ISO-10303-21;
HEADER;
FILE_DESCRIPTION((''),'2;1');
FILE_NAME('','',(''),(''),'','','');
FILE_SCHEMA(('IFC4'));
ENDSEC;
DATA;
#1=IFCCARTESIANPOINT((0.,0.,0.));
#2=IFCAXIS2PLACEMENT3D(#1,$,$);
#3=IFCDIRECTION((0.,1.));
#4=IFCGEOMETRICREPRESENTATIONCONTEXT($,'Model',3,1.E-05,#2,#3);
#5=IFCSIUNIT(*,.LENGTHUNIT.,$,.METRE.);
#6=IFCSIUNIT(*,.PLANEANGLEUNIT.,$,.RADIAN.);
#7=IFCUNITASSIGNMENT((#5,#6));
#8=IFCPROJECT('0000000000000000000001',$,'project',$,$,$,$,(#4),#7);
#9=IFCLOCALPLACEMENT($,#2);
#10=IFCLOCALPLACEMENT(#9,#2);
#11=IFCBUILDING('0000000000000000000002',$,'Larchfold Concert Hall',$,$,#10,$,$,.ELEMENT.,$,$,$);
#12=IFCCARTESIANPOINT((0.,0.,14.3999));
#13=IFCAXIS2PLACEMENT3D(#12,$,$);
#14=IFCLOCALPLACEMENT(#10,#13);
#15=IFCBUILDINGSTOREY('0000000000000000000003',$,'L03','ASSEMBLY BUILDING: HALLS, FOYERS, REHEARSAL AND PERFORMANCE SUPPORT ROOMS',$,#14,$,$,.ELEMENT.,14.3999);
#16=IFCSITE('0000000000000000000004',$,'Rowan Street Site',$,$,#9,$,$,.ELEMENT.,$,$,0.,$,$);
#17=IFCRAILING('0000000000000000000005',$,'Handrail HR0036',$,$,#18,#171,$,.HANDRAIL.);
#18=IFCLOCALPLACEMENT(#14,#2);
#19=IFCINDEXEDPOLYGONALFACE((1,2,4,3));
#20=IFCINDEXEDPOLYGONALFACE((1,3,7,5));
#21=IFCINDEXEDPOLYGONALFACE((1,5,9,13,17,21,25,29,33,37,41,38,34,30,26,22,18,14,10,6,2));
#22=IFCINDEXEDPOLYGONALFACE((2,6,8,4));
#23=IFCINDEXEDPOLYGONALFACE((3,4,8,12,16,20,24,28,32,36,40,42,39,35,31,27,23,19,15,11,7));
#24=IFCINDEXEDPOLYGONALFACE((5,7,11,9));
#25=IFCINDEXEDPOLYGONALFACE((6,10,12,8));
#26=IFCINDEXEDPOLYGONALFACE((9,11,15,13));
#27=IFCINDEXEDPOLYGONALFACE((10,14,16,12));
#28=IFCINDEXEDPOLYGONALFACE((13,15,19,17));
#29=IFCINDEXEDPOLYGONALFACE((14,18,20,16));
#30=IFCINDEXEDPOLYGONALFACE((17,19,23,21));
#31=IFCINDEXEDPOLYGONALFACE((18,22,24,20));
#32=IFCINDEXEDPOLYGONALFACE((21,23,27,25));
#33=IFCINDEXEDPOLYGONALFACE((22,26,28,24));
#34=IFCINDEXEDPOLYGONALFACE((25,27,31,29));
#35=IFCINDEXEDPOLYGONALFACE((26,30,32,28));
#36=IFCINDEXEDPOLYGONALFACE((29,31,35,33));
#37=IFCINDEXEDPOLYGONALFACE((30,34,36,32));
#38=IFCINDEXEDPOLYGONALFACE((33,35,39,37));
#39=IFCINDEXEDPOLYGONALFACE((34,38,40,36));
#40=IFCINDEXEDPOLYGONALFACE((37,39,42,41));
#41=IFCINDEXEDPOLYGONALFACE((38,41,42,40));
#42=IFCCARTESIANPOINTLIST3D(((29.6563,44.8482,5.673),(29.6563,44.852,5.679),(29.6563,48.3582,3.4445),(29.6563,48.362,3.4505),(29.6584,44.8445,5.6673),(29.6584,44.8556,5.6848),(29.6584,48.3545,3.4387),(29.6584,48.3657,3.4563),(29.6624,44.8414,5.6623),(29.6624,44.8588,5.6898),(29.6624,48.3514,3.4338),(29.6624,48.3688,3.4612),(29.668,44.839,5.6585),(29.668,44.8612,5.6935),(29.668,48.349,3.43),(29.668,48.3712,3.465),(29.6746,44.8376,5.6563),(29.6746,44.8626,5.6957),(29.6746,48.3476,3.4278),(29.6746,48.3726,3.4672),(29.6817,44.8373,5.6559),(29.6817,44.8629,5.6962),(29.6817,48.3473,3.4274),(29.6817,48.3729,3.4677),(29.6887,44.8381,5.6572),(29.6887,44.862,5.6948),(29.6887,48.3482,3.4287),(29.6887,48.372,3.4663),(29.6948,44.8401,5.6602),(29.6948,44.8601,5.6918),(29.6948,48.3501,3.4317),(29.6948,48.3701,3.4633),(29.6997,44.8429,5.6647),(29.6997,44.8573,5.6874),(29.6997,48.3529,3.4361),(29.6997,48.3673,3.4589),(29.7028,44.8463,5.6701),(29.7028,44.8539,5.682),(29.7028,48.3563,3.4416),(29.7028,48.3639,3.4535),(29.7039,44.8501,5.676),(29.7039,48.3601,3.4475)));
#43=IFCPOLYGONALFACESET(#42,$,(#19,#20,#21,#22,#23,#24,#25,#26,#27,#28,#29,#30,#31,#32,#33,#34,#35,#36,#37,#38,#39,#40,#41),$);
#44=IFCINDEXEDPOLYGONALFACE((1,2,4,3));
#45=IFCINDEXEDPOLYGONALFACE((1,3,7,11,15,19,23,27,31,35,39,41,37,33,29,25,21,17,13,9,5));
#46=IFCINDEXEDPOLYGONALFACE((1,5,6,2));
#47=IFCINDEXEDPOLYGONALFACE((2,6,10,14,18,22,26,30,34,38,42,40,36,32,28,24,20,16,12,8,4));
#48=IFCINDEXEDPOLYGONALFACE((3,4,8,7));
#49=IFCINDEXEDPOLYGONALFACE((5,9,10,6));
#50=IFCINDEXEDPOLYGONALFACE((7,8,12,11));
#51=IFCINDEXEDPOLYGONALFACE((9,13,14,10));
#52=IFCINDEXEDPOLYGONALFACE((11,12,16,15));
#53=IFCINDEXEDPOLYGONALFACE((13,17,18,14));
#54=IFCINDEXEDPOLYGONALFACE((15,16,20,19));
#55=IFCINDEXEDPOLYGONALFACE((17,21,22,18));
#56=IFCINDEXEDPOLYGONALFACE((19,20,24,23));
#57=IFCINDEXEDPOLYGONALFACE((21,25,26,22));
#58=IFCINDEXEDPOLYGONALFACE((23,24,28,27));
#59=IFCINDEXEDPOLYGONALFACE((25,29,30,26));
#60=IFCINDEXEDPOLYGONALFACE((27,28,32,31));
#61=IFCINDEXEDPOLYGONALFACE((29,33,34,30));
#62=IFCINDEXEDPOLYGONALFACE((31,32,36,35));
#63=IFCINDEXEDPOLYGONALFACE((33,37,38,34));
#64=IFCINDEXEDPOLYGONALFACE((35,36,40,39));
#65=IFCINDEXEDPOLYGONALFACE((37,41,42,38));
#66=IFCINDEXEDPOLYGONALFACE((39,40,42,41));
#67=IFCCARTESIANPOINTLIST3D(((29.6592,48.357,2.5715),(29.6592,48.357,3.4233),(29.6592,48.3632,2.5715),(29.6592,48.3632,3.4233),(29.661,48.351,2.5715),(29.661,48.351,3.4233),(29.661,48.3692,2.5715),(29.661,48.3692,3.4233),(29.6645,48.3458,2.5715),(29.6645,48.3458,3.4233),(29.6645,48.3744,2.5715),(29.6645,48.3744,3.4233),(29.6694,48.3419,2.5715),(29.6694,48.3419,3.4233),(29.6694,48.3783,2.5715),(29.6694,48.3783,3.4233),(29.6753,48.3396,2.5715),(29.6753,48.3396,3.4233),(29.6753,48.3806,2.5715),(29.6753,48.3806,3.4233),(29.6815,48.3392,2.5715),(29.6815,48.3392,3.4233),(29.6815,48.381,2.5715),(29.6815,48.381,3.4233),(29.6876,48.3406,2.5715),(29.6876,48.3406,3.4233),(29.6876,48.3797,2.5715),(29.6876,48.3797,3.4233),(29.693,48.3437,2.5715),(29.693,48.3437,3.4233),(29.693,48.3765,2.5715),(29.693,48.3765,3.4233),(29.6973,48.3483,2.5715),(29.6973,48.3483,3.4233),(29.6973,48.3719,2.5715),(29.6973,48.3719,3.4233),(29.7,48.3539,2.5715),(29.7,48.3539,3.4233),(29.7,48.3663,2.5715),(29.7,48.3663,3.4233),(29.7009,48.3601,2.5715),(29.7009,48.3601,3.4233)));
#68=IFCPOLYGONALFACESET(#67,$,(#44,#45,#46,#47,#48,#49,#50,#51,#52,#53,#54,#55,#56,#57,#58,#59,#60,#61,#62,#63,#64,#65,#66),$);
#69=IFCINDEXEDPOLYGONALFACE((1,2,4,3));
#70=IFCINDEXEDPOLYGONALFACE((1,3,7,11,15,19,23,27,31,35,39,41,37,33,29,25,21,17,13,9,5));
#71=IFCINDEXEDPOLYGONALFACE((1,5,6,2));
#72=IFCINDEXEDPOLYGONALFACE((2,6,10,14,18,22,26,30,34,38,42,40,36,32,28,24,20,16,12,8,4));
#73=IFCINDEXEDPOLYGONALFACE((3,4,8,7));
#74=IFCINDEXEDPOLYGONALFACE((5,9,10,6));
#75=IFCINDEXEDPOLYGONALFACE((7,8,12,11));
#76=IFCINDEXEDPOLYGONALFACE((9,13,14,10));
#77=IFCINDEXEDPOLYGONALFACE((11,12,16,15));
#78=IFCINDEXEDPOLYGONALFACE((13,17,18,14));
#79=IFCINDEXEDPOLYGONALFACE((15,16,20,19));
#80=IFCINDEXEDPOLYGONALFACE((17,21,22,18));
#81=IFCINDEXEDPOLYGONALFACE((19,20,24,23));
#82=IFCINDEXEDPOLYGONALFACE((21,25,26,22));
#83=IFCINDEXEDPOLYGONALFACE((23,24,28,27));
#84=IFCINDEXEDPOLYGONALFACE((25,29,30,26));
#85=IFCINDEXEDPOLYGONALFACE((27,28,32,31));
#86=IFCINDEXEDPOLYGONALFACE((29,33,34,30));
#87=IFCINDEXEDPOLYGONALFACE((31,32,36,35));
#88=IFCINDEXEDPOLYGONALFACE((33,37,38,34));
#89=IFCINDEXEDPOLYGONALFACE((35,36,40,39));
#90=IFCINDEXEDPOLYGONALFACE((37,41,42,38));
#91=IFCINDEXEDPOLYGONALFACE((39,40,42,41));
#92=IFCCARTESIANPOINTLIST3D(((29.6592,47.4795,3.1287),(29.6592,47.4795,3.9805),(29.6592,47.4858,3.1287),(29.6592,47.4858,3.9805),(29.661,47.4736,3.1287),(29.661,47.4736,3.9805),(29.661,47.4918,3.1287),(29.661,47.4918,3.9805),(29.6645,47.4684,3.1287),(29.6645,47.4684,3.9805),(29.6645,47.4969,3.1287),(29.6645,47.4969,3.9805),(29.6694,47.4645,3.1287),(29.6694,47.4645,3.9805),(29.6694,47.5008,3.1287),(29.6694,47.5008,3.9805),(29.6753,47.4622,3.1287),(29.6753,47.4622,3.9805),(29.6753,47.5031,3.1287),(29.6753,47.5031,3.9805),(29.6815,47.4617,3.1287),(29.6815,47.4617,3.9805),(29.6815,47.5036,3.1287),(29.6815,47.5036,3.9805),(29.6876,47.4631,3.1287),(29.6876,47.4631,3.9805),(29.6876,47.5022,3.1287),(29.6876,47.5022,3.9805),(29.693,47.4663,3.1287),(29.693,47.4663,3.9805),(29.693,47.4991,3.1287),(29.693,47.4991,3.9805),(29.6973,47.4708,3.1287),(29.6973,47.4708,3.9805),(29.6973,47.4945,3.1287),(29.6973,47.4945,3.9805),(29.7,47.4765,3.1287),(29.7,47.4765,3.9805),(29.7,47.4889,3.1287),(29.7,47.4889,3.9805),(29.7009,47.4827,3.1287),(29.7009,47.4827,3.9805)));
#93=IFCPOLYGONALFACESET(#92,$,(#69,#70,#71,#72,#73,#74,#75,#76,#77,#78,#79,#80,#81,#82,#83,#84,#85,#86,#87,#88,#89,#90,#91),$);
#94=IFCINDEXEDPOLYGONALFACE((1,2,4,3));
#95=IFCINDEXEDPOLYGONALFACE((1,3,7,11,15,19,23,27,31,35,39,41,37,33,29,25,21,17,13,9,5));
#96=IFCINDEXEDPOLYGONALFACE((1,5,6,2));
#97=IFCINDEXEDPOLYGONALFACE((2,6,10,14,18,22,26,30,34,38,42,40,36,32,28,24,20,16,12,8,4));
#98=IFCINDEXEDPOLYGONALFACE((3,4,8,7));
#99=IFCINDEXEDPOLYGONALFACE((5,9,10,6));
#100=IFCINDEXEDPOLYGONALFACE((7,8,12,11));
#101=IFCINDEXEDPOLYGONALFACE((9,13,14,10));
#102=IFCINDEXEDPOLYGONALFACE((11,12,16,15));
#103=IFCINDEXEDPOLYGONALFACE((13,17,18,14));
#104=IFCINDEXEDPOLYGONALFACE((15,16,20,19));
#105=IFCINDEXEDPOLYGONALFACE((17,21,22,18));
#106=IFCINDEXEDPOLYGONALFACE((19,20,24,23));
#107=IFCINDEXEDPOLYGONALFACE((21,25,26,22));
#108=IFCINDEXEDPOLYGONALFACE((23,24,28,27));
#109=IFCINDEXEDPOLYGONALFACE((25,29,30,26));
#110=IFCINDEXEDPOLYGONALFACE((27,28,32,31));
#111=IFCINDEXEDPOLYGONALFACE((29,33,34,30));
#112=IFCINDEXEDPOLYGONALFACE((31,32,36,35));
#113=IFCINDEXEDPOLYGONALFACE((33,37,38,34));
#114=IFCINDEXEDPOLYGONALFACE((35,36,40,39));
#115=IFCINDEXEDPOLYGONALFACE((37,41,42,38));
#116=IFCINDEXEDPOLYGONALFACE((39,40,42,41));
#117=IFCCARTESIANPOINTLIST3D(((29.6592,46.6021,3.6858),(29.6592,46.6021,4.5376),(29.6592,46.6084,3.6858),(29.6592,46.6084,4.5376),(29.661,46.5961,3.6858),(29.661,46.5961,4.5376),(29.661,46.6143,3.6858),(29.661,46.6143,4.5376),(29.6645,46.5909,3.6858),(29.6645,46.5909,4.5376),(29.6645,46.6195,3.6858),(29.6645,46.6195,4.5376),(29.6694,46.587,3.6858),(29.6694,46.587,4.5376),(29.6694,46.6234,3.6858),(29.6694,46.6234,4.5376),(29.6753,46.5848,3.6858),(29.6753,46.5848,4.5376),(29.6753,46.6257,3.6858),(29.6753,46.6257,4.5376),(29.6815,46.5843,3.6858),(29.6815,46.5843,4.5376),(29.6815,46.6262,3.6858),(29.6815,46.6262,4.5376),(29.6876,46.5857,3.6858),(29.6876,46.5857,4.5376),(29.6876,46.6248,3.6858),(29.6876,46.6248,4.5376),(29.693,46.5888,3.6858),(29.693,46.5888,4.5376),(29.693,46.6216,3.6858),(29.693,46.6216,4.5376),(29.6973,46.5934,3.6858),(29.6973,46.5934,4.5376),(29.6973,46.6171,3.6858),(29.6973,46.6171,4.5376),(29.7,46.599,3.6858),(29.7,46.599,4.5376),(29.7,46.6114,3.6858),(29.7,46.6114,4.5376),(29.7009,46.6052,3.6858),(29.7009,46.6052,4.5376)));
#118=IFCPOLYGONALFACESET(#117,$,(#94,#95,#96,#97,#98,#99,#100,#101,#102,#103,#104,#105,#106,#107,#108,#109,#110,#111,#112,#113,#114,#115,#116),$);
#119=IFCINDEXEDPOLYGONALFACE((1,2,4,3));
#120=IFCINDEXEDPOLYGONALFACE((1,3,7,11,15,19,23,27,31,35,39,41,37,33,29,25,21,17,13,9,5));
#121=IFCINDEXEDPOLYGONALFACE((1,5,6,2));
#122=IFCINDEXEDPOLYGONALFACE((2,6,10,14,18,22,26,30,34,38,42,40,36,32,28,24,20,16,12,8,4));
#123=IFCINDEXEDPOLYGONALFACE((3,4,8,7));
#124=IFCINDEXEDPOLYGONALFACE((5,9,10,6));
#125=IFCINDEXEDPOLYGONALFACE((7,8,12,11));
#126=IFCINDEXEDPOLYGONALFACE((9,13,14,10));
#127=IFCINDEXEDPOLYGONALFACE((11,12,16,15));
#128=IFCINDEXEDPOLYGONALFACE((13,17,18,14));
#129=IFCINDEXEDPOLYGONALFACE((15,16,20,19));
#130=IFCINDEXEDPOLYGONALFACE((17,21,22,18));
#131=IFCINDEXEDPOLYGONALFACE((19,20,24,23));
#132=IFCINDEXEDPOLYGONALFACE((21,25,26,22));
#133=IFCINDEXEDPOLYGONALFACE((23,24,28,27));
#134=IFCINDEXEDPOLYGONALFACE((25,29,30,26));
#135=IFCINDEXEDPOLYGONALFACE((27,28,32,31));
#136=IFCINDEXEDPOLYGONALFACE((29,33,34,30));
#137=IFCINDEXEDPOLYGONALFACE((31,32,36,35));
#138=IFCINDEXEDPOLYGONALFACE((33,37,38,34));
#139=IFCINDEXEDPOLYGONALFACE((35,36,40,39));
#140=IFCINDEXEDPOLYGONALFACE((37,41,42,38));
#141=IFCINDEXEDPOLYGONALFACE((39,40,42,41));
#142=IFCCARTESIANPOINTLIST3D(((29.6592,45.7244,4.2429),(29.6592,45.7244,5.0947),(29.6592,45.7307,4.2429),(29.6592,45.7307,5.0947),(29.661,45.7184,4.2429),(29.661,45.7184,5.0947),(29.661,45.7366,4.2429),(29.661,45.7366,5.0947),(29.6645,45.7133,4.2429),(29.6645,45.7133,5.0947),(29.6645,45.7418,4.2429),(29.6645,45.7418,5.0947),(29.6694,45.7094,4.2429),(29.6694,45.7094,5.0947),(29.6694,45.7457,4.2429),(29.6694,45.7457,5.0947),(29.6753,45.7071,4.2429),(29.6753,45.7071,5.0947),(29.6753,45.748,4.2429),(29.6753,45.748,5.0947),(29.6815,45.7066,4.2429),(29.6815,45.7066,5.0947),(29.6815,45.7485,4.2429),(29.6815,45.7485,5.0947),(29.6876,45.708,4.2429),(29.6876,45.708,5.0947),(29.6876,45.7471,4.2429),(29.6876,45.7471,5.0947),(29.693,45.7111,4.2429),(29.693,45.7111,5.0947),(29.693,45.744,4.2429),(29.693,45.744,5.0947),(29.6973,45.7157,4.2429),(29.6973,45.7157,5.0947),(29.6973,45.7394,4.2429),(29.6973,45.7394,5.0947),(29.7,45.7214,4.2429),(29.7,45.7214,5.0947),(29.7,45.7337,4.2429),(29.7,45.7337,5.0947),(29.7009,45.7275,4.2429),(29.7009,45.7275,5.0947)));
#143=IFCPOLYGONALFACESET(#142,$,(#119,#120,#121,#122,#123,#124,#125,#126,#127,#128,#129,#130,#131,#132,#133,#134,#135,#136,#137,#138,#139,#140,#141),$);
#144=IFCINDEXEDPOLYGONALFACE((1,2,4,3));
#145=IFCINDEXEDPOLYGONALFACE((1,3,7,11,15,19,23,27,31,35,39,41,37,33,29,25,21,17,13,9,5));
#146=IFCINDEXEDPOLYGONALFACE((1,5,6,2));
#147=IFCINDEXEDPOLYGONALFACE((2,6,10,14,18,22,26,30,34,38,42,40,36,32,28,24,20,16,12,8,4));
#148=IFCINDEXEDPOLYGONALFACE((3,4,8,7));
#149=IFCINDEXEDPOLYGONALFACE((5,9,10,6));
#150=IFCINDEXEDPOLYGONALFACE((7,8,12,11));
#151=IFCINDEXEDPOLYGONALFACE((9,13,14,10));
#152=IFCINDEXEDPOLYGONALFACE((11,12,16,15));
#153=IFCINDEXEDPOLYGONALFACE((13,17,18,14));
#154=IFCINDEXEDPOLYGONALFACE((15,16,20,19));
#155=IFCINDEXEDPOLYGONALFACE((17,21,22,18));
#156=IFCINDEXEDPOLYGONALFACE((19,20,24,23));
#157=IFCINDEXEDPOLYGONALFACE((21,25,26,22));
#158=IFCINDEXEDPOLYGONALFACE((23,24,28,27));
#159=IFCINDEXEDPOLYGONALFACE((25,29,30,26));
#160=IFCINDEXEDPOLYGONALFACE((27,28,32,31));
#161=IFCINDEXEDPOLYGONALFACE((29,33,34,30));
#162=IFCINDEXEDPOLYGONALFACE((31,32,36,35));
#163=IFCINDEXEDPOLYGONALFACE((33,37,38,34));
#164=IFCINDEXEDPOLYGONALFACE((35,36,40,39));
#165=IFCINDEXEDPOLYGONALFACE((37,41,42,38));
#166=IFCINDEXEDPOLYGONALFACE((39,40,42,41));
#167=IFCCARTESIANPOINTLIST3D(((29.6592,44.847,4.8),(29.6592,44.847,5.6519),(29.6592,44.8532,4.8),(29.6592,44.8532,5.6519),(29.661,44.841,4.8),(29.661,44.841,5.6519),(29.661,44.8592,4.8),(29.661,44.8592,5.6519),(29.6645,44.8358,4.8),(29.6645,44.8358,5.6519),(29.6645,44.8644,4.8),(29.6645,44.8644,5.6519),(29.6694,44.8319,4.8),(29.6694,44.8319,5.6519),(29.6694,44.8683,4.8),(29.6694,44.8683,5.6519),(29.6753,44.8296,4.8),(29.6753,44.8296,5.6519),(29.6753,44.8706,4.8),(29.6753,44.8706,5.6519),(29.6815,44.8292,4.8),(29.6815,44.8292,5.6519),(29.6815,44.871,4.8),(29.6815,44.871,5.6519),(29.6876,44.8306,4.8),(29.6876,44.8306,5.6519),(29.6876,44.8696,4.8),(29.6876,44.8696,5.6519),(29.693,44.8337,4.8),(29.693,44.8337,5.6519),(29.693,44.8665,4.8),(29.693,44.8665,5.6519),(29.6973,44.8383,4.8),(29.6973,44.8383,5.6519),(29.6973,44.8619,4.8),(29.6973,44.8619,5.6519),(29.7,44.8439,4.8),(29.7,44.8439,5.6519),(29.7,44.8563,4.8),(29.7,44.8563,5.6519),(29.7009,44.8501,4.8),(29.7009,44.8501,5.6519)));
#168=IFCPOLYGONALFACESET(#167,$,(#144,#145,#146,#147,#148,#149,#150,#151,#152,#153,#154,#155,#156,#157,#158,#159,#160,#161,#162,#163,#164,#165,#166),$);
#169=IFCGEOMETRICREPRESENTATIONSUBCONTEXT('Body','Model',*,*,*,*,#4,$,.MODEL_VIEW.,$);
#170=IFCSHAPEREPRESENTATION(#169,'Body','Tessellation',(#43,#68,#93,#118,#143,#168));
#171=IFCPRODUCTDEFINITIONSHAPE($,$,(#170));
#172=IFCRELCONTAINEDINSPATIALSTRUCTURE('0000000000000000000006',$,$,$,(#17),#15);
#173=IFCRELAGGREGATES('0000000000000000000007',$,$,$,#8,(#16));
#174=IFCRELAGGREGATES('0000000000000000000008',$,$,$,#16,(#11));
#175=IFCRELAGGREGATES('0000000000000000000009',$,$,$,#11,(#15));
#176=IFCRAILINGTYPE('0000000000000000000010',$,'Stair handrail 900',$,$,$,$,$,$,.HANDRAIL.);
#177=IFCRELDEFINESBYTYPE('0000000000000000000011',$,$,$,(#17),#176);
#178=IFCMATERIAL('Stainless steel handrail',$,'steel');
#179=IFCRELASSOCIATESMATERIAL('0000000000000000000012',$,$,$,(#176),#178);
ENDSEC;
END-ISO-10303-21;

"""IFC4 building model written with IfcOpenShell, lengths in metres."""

from ifc_helpers import new_model, si_unit, direction, frame, origin, origin_2d, place, context, subcontext, project, spatial, circle, extrude, material, type_object, element, save


model = new_model("IFC4")

# Units and contexts
model_context = context("Model", 3, precision=1e-05, world=origin(), true_north=direction((0.0, 1.0)))
body_context = subcontext(model_context, "Body", "Model", "MODEL_VIEW")
ifc_project = project(units=[si_unit("LENGTHUNIT", "METRE"), si_unit("PLANEANGLEUNIT", "RADIAN")], contexts=[model_context])

# Site, building, storey
site_placement = place(None, origin())
site = spatial("IfcSite", under=ifc_project, at=site_placement, Name="Rowan Street Site", CompositionType="ELEMENT", RefElevation=0.0)
building_placement = place(site_placement, origin())
building = spatial("IfcBuilding", under=site, at=building_placement, Name="Larchfold Concert Hall", CompositionType="ELEMENT")
storey_placement = place(building_placement, frame((0.0, 0.0, 14.3999)))
storey = spatial("IfcBuildingStorey", under=building, at=storey_placement, Name="L03", Description="ASSEMBLY BUILDING: HALLS, FOYERS, REHEARSAL AND PERFORMANCE SUPPORT ROOMS", CompositionType="ELEMENT", Elevation=14.3999)

# Railing
ifc_material_1 = material(Name="Stainless steel handrail", Category="steel")
railing_type_1 = type_object("IfcRailingType", Name="Stair handrail 900", PredefinedType="HANDRAIL", material=ifc_material_1)
railing_1_placement = place(storey_placement, frame((29.6799, 48.3601, 2.5715)))
element("IfcRailing", 1, at=railing_1_placement, inside=storey, type_object=railing_type_1, Name="Handrail HR0036", PredefinedType="HANDRAIL", context=body_context, shape_type="SweptSolid", body=[
    extrude(circle(Radius=0.0239, at=origin_2d()), frame((0.0, 0.0, 0.876), z_axis=(0.0, -0.84422, 0.535998), x_axis=(1.0, 0.0, 0.0)), (0.0, 0.0, 1.0), 4.1577),
    extrude(circle(Radius=0.021, at=origin_2d()), origin(), (0.0, 0.0, 1.0), 0.8518),
    extrude(circle(Radius=0.021, at=origin_2d()), frame((0.0, -0.8774, 0.5571)), (0.0, 0.0, 1.0), 0.8518),
    extrude(circle(Radius=0.021, at=origin_2d()), frame((0.0, -1.7549, 1.1143)), (0.0, 0.0, 1.0), 0.8518),
    extrude(circle(Radius=0.021, at=origin_2d()), frame((0.0, -2.6326, 1.6714)), (0.0, 0.0, 1.0), 0.8518),
    extrude(circle(Radius=0.021, at=origin_2d()), frame((0.0, -3.51, 2.2285)), (0.0, 0.0, 1.0), 0.8518),
])

save(model, "model.ifc")
